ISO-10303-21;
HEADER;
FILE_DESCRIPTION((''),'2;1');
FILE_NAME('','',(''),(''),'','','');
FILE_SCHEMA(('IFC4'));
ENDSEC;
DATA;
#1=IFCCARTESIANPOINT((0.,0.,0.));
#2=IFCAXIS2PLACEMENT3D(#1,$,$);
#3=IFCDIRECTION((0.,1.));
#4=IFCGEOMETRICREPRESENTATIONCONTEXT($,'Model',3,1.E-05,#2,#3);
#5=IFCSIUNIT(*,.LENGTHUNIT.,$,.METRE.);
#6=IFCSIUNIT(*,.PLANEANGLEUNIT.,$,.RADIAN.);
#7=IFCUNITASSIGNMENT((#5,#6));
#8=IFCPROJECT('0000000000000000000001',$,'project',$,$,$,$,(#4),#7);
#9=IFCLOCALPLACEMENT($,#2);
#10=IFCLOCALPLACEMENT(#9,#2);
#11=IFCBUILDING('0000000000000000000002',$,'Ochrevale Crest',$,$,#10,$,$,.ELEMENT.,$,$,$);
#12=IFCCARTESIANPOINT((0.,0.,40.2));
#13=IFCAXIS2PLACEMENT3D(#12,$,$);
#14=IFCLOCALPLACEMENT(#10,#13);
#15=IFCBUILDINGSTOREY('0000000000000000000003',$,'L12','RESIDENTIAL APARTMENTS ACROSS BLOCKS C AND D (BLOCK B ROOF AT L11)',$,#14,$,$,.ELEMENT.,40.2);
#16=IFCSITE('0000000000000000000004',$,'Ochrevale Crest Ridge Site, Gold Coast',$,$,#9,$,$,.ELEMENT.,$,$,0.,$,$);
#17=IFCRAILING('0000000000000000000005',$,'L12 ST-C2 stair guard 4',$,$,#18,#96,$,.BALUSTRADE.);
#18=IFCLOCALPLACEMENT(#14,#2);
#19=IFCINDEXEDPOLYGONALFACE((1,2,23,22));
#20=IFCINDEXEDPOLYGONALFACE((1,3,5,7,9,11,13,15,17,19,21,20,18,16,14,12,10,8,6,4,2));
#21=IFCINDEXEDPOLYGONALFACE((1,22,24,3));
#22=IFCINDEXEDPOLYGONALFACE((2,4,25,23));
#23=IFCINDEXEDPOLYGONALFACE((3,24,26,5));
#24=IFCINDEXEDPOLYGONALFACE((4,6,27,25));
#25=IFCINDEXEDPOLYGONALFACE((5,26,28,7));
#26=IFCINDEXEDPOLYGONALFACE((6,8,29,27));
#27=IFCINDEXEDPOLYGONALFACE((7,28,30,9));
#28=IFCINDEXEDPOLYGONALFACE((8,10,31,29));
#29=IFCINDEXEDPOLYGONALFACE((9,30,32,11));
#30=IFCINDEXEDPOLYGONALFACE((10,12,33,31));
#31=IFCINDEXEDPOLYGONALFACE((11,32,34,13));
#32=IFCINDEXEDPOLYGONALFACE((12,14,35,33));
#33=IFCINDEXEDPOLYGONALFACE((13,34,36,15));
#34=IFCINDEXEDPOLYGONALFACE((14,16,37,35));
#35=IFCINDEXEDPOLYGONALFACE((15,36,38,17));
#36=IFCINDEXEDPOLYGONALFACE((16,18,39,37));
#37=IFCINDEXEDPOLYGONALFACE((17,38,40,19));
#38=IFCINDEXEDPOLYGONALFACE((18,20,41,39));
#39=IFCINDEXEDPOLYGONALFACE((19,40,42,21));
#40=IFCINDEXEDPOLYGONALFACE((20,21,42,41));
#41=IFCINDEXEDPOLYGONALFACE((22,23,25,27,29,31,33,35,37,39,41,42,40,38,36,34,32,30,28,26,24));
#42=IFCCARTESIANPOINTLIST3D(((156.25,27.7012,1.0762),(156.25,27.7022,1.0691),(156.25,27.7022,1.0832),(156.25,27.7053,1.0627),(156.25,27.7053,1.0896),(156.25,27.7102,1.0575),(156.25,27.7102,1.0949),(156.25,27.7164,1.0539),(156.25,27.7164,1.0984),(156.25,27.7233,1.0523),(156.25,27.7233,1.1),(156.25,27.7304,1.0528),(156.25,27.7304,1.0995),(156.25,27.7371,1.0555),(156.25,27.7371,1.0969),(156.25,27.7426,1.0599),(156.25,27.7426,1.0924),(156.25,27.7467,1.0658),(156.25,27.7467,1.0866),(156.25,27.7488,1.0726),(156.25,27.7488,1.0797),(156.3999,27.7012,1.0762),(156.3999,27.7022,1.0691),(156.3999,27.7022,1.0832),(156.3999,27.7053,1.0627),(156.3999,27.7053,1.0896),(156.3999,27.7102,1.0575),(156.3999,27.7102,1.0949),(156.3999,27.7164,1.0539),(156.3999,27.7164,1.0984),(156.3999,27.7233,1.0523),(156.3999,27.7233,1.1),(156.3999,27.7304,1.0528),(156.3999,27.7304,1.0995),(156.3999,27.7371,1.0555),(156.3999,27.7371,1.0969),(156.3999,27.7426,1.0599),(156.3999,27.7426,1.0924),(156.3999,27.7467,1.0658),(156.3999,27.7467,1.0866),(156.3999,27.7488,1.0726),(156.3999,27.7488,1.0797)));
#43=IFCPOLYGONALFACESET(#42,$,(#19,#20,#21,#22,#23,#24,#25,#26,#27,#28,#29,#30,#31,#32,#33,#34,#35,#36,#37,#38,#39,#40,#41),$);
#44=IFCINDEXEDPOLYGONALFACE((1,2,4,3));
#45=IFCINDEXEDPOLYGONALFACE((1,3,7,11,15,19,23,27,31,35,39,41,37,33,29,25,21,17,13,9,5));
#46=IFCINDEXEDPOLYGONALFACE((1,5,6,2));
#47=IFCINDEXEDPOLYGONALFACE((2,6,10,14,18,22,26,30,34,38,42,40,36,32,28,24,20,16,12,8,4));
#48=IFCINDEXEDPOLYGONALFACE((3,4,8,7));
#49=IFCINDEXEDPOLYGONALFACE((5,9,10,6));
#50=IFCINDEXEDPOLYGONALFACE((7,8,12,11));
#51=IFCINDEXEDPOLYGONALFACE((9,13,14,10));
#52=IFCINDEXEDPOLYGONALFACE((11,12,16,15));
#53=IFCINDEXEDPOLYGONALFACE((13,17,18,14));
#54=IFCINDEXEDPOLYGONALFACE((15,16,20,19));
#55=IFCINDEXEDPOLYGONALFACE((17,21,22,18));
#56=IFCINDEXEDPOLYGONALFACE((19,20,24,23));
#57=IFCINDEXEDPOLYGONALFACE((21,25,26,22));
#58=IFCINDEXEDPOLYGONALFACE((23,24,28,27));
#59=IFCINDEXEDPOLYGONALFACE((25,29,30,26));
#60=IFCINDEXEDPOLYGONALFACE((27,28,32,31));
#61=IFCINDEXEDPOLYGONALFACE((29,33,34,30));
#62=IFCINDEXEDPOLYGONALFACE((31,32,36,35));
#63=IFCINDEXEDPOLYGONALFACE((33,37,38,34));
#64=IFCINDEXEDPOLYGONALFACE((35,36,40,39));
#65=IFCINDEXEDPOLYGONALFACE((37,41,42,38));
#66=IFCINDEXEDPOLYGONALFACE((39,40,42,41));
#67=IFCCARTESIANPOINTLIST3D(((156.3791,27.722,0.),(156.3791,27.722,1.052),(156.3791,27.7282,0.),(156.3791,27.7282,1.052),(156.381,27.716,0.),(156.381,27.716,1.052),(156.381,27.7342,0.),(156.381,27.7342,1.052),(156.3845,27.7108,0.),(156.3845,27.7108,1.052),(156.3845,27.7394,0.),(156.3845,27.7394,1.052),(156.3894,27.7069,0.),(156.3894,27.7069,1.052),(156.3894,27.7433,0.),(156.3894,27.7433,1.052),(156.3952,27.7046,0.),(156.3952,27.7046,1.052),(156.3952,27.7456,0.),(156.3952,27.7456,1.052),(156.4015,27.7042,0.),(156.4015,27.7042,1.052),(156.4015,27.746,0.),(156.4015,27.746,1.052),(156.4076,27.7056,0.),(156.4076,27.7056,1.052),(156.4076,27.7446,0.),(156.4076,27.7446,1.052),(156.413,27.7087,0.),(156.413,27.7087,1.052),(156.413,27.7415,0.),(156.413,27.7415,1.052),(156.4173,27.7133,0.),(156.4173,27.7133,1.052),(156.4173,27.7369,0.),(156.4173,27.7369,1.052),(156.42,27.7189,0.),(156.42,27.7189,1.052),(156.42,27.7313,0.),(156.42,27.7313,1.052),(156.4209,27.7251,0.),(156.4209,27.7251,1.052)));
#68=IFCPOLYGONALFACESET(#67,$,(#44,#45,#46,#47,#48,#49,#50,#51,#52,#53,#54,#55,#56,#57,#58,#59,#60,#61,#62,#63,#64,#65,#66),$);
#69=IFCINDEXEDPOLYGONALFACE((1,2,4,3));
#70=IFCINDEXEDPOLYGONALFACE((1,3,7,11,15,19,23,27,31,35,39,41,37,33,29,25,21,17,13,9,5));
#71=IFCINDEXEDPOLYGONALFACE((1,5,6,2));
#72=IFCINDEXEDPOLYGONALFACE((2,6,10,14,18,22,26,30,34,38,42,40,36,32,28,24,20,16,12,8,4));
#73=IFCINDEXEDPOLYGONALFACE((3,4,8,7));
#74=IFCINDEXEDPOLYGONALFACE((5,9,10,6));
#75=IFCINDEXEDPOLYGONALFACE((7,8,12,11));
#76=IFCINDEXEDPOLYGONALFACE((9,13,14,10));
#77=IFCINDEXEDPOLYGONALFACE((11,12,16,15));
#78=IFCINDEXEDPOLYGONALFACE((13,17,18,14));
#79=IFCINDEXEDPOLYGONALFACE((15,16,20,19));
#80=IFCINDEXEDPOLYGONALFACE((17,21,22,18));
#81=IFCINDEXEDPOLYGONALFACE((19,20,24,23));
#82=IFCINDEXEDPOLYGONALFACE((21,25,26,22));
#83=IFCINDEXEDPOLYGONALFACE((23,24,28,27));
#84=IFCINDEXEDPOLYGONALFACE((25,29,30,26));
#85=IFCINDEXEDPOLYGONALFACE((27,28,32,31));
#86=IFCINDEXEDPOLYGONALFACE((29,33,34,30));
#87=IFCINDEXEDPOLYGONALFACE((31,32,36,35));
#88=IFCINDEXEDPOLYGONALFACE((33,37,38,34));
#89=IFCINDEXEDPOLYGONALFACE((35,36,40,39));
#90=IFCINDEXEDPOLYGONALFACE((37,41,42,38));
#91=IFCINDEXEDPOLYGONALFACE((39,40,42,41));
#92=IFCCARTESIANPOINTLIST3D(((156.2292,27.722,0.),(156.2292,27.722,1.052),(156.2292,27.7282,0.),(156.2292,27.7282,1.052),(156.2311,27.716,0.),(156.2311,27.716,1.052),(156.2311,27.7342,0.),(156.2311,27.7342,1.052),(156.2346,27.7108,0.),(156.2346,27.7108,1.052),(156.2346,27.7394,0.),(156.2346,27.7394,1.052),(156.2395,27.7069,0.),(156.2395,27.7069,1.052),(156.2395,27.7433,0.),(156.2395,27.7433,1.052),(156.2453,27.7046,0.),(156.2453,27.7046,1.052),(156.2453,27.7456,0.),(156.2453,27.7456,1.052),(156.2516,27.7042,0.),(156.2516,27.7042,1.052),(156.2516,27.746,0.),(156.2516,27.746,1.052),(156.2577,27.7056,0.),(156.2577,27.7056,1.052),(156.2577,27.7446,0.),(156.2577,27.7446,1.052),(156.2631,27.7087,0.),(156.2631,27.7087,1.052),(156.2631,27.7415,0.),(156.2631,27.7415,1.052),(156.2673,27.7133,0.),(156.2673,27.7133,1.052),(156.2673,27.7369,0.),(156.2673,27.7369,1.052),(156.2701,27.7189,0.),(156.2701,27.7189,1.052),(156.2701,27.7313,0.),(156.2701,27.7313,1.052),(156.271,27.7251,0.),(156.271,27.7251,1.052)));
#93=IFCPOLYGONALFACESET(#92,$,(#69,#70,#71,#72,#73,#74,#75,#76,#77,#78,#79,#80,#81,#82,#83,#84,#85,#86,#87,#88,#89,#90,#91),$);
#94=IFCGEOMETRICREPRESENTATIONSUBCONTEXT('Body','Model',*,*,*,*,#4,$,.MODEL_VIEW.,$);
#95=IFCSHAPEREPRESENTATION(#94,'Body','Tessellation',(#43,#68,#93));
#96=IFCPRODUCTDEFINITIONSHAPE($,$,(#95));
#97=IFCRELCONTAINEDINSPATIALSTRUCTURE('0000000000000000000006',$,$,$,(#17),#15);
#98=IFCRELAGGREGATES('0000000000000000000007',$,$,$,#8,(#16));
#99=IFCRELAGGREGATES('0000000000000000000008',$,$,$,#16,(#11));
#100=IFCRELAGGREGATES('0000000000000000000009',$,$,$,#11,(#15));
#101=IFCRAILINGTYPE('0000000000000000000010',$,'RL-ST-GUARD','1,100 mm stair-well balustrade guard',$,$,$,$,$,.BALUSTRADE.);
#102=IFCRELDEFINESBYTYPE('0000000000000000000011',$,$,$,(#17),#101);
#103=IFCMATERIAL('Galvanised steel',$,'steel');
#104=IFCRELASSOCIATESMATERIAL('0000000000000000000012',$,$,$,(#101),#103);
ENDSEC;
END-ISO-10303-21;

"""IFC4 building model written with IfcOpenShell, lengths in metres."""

from ifc_helpers import new_model, si_unit, direction, frame, origin, origin_2d, place, context, subcontext, project, spatial, circle, extrude, material, type_object, element, save


model = new_model("IFC4")

# Units and contexts
model_context = context("Model", 3, precision=1e-05, world=origin(), true_north=direction((0.0, 1.0)))
body_context = subcontext(model_context, "Body", "Model", "MODEL_VIEW")
ifc_project = project(units=[si_unit("LENGTHUNIT", "METRE"), si_unit("PLANEANGLEUNIT", "RADIAN")], contexts=[model_context])

# Site, building, storey
site_placement = place(None, origin())
site = spatial("IfcSite", under=ifc_project, at=site_placement, Name="Ochrevale Crest Ridge Site, Gold Coast", CompositionType="ELEMENT", RefElevation=0.0)
building_placement = place(site_placement, origin())
building = spatial("IfcBuilding", under=site, at=building_placement, Name="Ochrevale Crest", CompositionType="ELEMENT")
storey_placement = place(building_placement, frame((0.0, 0.0, 40.2)))
storey = spatial("IfcBuildingStorey", under=building, at=storey_placement, Name="L12", Description="RESIDENTIAL APARTMENTS ACROSS BLOCKS C AND D (BLOCK B ROOF AT L11)", CompositionType="ELEMENT", Elevation=40.2)

# Railing
ifc_material_1 = material(Name="Galvanised steel", Category="steel")
railing_type_1 = type_object("IfcRailingType", Name="RL-ST-GUARD", Description="1,100 mm stair-well balustrade guard", PredefinedType="BALUSTRADE", material=ifc_material_1)
railing_1_placement = place(storey_placement, frame((156.3999, 27.7251, 0.0)))
element("IfcRailing", 1, at=railing_1_placement, inside=storey, type_object=railing_type_1, Name="L12 ST-C2 stair guard 4", PredefinedType="BALUSTRADE", context=body_context, shape_type="SweptSolid", body=[
    extrude(circle(Radius=0.0239, at=origin_2d()), frame((0.0, 0.0, 1.0762), z_axis=(-1.0, 0.0, 0.0), x_axis=(0.0, -1.0, 0.0)), (0.0, 0.0, 1.0), 0.1499),
    extrude(circle(Radius=0.021, at=origin_2d()), origin(), (0.0, 0.0, 1.0), 1.052),
    extrude(circle(Radius=0.021, at=origin_2d()), frame((-0.1499, 0.0, 0.0)), (0.0, 0.0, 1.0), 1.052),
])

save(model, "model.ifc")
